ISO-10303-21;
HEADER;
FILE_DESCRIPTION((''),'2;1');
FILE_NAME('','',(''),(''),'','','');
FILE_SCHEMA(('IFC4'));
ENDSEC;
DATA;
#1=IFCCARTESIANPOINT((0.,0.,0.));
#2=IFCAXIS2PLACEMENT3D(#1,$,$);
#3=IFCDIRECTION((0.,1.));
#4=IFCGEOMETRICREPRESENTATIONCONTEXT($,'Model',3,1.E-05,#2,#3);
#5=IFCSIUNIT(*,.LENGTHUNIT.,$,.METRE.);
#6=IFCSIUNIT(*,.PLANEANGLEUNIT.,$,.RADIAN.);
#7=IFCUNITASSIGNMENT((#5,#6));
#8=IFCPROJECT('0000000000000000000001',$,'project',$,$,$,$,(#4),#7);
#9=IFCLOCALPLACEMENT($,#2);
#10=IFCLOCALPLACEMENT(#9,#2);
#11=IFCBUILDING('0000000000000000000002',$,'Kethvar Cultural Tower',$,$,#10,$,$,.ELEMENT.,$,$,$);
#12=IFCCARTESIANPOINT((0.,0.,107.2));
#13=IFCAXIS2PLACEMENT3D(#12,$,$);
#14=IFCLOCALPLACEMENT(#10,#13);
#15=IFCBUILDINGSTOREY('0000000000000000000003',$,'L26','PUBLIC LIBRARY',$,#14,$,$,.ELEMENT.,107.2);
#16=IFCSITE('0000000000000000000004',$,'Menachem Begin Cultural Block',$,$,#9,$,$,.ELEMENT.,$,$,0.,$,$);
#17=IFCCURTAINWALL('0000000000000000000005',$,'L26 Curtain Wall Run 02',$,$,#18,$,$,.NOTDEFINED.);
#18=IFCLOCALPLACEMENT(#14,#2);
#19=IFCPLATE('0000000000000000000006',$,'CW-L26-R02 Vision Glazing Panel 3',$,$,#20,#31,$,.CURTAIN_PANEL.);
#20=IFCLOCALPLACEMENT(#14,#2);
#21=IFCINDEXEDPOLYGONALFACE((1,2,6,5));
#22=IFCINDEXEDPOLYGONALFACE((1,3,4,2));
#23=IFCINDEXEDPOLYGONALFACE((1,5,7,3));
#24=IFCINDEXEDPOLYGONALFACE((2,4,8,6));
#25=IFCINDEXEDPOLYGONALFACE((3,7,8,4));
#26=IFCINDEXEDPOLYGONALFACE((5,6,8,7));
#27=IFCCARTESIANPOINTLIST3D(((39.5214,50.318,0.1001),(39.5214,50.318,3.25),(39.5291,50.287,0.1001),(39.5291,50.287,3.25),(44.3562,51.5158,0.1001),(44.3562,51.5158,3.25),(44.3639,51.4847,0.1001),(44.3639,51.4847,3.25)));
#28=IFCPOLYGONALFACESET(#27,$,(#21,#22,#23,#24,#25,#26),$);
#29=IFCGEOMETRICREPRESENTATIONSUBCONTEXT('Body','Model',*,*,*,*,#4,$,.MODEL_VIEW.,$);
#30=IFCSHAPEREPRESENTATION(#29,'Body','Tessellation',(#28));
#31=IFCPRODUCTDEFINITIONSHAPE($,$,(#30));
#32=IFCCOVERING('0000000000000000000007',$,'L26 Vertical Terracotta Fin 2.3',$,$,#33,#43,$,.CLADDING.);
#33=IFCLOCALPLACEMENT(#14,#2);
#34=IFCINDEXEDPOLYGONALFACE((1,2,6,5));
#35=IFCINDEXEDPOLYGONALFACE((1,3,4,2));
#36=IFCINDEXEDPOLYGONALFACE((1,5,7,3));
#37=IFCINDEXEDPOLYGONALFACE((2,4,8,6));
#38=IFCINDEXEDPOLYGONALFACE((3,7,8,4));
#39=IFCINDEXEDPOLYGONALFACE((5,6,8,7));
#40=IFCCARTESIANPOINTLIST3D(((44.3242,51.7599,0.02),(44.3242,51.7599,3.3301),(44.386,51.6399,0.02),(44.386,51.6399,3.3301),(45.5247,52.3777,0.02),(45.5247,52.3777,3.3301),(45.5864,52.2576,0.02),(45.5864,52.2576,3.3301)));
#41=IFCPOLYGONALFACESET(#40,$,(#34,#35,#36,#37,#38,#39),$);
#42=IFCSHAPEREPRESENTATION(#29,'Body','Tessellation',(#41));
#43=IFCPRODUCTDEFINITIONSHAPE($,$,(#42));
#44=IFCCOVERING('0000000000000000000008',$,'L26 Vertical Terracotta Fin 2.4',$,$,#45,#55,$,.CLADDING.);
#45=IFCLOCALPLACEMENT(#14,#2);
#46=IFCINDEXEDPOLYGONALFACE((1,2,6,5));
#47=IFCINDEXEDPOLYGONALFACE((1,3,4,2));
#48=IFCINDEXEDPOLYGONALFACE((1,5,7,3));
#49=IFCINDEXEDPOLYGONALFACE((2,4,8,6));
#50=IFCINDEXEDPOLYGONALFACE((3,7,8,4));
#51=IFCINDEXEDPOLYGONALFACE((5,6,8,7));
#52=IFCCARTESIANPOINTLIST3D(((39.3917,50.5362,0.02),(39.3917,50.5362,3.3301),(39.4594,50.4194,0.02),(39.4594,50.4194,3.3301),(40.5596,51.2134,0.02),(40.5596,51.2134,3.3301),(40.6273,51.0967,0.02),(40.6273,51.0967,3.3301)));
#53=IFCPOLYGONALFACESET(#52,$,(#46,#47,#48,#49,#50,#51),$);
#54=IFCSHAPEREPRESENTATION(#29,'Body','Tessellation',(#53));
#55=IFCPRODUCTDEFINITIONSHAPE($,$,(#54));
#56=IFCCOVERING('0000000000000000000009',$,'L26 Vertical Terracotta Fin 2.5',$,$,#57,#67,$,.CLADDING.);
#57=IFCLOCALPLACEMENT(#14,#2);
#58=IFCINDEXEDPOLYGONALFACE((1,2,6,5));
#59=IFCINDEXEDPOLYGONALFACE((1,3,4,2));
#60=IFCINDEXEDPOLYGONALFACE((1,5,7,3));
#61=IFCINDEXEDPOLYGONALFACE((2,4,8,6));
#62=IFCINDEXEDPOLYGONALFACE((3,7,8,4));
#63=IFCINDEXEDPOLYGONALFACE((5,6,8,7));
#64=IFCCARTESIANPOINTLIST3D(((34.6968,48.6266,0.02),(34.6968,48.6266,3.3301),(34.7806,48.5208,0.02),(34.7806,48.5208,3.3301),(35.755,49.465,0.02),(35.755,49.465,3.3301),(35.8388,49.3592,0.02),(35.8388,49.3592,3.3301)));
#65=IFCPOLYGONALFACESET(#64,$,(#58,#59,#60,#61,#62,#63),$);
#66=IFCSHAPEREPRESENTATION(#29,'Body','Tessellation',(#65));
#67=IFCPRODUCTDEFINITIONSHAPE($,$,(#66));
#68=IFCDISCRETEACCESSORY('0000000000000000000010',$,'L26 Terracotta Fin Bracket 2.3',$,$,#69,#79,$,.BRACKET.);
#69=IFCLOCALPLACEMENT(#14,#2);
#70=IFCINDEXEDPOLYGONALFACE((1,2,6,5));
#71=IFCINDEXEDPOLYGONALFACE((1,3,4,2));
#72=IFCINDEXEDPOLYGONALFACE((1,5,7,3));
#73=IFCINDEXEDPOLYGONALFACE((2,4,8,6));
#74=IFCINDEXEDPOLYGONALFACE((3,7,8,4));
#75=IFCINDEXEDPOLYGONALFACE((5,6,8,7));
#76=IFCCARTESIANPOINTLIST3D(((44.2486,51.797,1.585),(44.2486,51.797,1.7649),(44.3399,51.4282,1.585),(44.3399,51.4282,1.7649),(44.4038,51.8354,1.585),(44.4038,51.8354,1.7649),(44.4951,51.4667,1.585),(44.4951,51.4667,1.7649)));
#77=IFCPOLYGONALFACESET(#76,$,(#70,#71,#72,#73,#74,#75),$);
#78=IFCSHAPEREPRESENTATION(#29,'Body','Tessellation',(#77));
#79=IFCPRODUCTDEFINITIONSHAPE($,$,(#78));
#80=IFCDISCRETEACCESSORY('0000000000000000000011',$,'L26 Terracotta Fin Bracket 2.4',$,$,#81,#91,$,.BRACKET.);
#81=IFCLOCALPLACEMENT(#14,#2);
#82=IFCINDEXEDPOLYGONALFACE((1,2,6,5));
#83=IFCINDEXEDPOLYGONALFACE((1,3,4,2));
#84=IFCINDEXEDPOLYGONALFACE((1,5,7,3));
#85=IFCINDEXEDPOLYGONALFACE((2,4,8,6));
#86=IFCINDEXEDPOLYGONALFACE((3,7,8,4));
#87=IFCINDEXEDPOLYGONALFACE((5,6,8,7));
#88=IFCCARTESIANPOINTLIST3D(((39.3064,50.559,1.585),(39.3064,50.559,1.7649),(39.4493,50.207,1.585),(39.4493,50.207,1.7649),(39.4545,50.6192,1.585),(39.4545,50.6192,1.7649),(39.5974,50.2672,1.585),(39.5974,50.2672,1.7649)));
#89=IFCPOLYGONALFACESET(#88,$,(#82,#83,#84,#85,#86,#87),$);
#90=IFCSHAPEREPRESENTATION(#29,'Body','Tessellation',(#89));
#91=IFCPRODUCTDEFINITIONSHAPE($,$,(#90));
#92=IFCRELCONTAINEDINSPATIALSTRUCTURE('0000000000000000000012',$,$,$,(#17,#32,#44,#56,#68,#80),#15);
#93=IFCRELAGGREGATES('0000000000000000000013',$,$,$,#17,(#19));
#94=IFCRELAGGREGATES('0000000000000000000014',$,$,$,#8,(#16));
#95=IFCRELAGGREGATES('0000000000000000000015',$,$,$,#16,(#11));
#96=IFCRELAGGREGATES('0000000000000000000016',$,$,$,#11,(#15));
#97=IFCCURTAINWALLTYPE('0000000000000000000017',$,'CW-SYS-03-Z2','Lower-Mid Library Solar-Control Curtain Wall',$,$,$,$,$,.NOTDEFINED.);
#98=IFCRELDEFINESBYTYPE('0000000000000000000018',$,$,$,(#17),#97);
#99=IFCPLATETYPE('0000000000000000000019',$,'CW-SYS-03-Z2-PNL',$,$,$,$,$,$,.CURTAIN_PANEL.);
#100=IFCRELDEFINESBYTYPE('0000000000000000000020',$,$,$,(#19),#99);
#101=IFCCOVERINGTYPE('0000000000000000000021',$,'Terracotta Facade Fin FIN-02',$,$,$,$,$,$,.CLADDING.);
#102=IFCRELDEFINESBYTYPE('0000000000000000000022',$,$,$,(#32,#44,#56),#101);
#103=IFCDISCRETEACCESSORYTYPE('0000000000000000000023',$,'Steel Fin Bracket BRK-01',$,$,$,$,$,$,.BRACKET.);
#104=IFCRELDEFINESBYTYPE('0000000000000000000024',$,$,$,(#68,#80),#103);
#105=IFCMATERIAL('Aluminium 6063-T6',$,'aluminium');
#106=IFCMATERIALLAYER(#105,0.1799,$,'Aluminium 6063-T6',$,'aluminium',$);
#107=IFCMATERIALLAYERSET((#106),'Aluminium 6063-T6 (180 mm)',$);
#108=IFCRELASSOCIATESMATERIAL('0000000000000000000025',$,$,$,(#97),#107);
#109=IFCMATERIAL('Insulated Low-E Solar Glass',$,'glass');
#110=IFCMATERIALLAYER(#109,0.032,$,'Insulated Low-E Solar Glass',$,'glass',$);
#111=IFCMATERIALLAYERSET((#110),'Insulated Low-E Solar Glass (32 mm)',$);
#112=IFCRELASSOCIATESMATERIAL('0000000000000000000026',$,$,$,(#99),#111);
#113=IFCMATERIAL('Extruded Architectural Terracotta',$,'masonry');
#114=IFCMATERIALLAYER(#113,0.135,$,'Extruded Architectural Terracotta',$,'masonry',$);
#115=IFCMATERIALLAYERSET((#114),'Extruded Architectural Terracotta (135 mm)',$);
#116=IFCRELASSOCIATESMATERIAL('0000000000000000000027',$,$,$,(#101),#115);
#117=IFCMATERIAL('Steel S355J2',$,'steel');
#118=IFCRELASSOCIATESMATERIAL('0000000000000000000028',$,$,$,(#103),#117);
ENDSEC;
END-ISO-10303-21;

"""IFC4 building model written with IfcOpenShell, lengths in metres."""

from ifc_helpers import new_model, si_unit, direction, frame, origin, origin_2d, place, context, subcontext, project, spatial, rectangle, extrude, source, transform, mapped, material, layer, layer_set, type_object, element, aggregate, save


model = new_model("IFC4")

# Units and contexts
model_context = context("Model", 3, precision=1e-05, world=origin(), true_north=direction((0.0, 1.0)))
body_context = subcontext(model_context, "Body", "Model", "MODEL_VIEW")
ifc_project = project(units=[si_unit("LENGTHUNIT", "METRE"), si_unit("PLANEANGLEUNIT", "RADIAN")], contexts=[model_context])

# Site, building, storey
site_placement = place(None, origin())
site = spatial("IfcSite", under=ifc_project, at=site_placement, Name="Menachem Begin Cultural Block", CompositionType="ELEMENT", RefElevation=0.0)
building_placement = place(site_placement, origin())
building = spatial("IfcBuilding", under=site, at=building_placement, Name="Kethvar Cultural Tower", CompositionType="ELEMENT")
storey_placement = place(building_placement, frame((0.0, 0.0, 107.2)))
storey = spatial("IfcBuildingStorey", under=building, at=storey_placement, Name="L26", Description="PUBLIC LIBRARY", CompositionType="ELEMENT", Elevation=107.2)

# Shared definitions
ifc_material_1 = material(Name="Steel S355J2", Category="steel")

# Curtain wall, plate
ifc_material_2 = material(Name="Aluminium 6063-T6", Category="aluminium")
ifc_layer_1 = layer(ifc_material_2, 0.1799, Name="Aluminium 6063-T6", Category="aluminium")
ifc_layer_set_1 = layer_set([ifc_layer_1], Name="Aluminium 6063-T6 (180 mm)")
curtain_wall_type = type_object("IfcCurtainWallType", Name="CW-SYS-03-Z2", Description="Lower-Mid Library Solar-Control Curtain Wall", PredefinedType="NOTDEFINED", material=ifc_layer_set_1)
curtain_wall_placement = place(storey_placement, origin())
curtain_wall = element("IfcCurtainWall", 1, at=curtain_wall_placement, inside=storey, type_object=curtain_wall_type, Name="L26 Curtain Wall Run 02", PredefinedType="NOTDEFINED")
ifc_material_3 = material(Name="Insulated Low-E Solar Glass", Category="glass")
ifc_layer_2 = layer(ifc_material_3, 0.032, Name="Insulated Low-E Solar Glass", Category="glass")
ifc_layer_set_2 = layer_set([ifc_layer_2], Name="Insulated Low-E Solar Glass (32 mm)")
plate_type = type_object("IfcPlateType", Name="CW-SYS-03-Z2-PNL", PredefinedType="CURTAIN_PANEL", material=ifc_layer_set_2)
shared_shape_1 = source(origin(), body_context, "Body", "SweptSolid", [
    extrude(rectangle(XDim=4.981, YDim=0.032, at=origin_2d()), origin(), (0.0, 0.0, 1.0), 3.1499),
])
plate_1_placement = place(storey_placement, frame((41.9426, 50.9014, 0.1001), z_axis=(0.0, 0.0, 1.0), x_axis=(-0.970658, -0.240465, 0.0)))
plate_1 = element("IfcPlate", 2, at=plate_1_placement, type_object=plate_type, Name="CW-L26-R02 Vision Glazing Panel 3", PredefinedType="CURTAIN_PANEL", context=body_context, shape_type="MappedRepresentation", body=[
    mapped(shared_shape_1, transform((0.0, 0.0, 0.0), scale=1.0)),
])
aggregate(curtain_wall, [plate_1])

# Coverings
ifc_material_4 = material(Name="Extruded Architectural Terracotta", Category="masonry")
ifc_layer_3 = layer(ifc_material_4, 0.135, Name="Extruded Architectural Terracotta", Category="masonry")
ifc_layer_set_3 = layer_set([ifc_layer_3], Name="Extruded Architectural Terracotta (135 mm)")
covering_type = type_object("IfcCoveringType", Name="Terracotta Facade Fin FIN-02", PredefinedType="CLADDING", material=ifc_layer_set_3)
shared_shape_2 = source(origin(), body_context, "Body", "SweptSolid", [
    extrude(rectangle(XDim=1.3501, YDim=0.135, at=origin_2d()), origin(), (0.0, 0.0, 1.0), 3.3101),
])
for number, where, z_axis, x_axis, name in (
    (3, (44.9553, 52.0088, 0.02), (0.0, 0.0, 1.0), (0.889177, 0.457564, 0.0), "L26 Vertical Terracotta Fin 2.3"),
    (4, (40.0095, 50.8164, 0.02), (0.0, 0.0, 1.0), (0.865064, 0.501662, 0.0), "L26 Vertical Terracotta Fin 2.4"),
    (5, (35.2678, 48.9929, 0.02), (0.0, 0.0, 1.0), (0.783802, 0.621011, 0.0), "L26 Vertical Terracotta Fin 2.5"),
):
    element("IfcCovering", number, at=place(storey_placement, frame(where, z_axis=z_axis, x_axis=x_axis)), inside=storey, type_object=covering_type, Name=name, PredefinedType="CLADDING", context=body_context, shape_type="MappedRepresentation", body=[
        mapped(shared_shape_2, transform((0.0, 0.0, 0.0), scale=1.0)),
    ])

# Discrete accessories
discrete_accessory_type = type_object("IfcDiscreteAccessoryType", Name="Steel Fin Bracket BRK-01", PredefinedType="BRACKET", material=ifc_material_1)
shared_shape_3 = source(origin(), body_context, "Body", "SweptSolid", [
    extrude(rectangle(XDim=0.3799, YDim=0.1599, at=origin_2d()), origin(), (0.0, 0.0, 1.0), 0.1799),
])
for number, where, z_axis, x_axis, name in (
    (6, (44.3718, 51.6318, 1.585), (0.0, 0.0, 1.0), (-0.240397, 0.970675, 0.0), "L26 Terracotta Fin Bracket 2.3"),
    (7, (39.4519, 50.4131, 1.585), (0.0, 0.0, 1.0), (-0.376224, 0.926529, 0.0), "L26 Terracotta Fin Bracket 2.4"),
):
    element("IfcDiscreteAccessory", number, at=place(storey_placement, frame(where, z_axis=z_axis, x_axis=x_axis)), inside=storey, type_object=discrete_accessory_type, Name=name, PredefinedType="BRACKET", context=body_context, shape_type="MappedRepresentation", body=[
        mapped(shared_shape_3, transform((0.0, 0.0, 0.0), scale=1.0)),
    ])

save(model, "model.ifc")
